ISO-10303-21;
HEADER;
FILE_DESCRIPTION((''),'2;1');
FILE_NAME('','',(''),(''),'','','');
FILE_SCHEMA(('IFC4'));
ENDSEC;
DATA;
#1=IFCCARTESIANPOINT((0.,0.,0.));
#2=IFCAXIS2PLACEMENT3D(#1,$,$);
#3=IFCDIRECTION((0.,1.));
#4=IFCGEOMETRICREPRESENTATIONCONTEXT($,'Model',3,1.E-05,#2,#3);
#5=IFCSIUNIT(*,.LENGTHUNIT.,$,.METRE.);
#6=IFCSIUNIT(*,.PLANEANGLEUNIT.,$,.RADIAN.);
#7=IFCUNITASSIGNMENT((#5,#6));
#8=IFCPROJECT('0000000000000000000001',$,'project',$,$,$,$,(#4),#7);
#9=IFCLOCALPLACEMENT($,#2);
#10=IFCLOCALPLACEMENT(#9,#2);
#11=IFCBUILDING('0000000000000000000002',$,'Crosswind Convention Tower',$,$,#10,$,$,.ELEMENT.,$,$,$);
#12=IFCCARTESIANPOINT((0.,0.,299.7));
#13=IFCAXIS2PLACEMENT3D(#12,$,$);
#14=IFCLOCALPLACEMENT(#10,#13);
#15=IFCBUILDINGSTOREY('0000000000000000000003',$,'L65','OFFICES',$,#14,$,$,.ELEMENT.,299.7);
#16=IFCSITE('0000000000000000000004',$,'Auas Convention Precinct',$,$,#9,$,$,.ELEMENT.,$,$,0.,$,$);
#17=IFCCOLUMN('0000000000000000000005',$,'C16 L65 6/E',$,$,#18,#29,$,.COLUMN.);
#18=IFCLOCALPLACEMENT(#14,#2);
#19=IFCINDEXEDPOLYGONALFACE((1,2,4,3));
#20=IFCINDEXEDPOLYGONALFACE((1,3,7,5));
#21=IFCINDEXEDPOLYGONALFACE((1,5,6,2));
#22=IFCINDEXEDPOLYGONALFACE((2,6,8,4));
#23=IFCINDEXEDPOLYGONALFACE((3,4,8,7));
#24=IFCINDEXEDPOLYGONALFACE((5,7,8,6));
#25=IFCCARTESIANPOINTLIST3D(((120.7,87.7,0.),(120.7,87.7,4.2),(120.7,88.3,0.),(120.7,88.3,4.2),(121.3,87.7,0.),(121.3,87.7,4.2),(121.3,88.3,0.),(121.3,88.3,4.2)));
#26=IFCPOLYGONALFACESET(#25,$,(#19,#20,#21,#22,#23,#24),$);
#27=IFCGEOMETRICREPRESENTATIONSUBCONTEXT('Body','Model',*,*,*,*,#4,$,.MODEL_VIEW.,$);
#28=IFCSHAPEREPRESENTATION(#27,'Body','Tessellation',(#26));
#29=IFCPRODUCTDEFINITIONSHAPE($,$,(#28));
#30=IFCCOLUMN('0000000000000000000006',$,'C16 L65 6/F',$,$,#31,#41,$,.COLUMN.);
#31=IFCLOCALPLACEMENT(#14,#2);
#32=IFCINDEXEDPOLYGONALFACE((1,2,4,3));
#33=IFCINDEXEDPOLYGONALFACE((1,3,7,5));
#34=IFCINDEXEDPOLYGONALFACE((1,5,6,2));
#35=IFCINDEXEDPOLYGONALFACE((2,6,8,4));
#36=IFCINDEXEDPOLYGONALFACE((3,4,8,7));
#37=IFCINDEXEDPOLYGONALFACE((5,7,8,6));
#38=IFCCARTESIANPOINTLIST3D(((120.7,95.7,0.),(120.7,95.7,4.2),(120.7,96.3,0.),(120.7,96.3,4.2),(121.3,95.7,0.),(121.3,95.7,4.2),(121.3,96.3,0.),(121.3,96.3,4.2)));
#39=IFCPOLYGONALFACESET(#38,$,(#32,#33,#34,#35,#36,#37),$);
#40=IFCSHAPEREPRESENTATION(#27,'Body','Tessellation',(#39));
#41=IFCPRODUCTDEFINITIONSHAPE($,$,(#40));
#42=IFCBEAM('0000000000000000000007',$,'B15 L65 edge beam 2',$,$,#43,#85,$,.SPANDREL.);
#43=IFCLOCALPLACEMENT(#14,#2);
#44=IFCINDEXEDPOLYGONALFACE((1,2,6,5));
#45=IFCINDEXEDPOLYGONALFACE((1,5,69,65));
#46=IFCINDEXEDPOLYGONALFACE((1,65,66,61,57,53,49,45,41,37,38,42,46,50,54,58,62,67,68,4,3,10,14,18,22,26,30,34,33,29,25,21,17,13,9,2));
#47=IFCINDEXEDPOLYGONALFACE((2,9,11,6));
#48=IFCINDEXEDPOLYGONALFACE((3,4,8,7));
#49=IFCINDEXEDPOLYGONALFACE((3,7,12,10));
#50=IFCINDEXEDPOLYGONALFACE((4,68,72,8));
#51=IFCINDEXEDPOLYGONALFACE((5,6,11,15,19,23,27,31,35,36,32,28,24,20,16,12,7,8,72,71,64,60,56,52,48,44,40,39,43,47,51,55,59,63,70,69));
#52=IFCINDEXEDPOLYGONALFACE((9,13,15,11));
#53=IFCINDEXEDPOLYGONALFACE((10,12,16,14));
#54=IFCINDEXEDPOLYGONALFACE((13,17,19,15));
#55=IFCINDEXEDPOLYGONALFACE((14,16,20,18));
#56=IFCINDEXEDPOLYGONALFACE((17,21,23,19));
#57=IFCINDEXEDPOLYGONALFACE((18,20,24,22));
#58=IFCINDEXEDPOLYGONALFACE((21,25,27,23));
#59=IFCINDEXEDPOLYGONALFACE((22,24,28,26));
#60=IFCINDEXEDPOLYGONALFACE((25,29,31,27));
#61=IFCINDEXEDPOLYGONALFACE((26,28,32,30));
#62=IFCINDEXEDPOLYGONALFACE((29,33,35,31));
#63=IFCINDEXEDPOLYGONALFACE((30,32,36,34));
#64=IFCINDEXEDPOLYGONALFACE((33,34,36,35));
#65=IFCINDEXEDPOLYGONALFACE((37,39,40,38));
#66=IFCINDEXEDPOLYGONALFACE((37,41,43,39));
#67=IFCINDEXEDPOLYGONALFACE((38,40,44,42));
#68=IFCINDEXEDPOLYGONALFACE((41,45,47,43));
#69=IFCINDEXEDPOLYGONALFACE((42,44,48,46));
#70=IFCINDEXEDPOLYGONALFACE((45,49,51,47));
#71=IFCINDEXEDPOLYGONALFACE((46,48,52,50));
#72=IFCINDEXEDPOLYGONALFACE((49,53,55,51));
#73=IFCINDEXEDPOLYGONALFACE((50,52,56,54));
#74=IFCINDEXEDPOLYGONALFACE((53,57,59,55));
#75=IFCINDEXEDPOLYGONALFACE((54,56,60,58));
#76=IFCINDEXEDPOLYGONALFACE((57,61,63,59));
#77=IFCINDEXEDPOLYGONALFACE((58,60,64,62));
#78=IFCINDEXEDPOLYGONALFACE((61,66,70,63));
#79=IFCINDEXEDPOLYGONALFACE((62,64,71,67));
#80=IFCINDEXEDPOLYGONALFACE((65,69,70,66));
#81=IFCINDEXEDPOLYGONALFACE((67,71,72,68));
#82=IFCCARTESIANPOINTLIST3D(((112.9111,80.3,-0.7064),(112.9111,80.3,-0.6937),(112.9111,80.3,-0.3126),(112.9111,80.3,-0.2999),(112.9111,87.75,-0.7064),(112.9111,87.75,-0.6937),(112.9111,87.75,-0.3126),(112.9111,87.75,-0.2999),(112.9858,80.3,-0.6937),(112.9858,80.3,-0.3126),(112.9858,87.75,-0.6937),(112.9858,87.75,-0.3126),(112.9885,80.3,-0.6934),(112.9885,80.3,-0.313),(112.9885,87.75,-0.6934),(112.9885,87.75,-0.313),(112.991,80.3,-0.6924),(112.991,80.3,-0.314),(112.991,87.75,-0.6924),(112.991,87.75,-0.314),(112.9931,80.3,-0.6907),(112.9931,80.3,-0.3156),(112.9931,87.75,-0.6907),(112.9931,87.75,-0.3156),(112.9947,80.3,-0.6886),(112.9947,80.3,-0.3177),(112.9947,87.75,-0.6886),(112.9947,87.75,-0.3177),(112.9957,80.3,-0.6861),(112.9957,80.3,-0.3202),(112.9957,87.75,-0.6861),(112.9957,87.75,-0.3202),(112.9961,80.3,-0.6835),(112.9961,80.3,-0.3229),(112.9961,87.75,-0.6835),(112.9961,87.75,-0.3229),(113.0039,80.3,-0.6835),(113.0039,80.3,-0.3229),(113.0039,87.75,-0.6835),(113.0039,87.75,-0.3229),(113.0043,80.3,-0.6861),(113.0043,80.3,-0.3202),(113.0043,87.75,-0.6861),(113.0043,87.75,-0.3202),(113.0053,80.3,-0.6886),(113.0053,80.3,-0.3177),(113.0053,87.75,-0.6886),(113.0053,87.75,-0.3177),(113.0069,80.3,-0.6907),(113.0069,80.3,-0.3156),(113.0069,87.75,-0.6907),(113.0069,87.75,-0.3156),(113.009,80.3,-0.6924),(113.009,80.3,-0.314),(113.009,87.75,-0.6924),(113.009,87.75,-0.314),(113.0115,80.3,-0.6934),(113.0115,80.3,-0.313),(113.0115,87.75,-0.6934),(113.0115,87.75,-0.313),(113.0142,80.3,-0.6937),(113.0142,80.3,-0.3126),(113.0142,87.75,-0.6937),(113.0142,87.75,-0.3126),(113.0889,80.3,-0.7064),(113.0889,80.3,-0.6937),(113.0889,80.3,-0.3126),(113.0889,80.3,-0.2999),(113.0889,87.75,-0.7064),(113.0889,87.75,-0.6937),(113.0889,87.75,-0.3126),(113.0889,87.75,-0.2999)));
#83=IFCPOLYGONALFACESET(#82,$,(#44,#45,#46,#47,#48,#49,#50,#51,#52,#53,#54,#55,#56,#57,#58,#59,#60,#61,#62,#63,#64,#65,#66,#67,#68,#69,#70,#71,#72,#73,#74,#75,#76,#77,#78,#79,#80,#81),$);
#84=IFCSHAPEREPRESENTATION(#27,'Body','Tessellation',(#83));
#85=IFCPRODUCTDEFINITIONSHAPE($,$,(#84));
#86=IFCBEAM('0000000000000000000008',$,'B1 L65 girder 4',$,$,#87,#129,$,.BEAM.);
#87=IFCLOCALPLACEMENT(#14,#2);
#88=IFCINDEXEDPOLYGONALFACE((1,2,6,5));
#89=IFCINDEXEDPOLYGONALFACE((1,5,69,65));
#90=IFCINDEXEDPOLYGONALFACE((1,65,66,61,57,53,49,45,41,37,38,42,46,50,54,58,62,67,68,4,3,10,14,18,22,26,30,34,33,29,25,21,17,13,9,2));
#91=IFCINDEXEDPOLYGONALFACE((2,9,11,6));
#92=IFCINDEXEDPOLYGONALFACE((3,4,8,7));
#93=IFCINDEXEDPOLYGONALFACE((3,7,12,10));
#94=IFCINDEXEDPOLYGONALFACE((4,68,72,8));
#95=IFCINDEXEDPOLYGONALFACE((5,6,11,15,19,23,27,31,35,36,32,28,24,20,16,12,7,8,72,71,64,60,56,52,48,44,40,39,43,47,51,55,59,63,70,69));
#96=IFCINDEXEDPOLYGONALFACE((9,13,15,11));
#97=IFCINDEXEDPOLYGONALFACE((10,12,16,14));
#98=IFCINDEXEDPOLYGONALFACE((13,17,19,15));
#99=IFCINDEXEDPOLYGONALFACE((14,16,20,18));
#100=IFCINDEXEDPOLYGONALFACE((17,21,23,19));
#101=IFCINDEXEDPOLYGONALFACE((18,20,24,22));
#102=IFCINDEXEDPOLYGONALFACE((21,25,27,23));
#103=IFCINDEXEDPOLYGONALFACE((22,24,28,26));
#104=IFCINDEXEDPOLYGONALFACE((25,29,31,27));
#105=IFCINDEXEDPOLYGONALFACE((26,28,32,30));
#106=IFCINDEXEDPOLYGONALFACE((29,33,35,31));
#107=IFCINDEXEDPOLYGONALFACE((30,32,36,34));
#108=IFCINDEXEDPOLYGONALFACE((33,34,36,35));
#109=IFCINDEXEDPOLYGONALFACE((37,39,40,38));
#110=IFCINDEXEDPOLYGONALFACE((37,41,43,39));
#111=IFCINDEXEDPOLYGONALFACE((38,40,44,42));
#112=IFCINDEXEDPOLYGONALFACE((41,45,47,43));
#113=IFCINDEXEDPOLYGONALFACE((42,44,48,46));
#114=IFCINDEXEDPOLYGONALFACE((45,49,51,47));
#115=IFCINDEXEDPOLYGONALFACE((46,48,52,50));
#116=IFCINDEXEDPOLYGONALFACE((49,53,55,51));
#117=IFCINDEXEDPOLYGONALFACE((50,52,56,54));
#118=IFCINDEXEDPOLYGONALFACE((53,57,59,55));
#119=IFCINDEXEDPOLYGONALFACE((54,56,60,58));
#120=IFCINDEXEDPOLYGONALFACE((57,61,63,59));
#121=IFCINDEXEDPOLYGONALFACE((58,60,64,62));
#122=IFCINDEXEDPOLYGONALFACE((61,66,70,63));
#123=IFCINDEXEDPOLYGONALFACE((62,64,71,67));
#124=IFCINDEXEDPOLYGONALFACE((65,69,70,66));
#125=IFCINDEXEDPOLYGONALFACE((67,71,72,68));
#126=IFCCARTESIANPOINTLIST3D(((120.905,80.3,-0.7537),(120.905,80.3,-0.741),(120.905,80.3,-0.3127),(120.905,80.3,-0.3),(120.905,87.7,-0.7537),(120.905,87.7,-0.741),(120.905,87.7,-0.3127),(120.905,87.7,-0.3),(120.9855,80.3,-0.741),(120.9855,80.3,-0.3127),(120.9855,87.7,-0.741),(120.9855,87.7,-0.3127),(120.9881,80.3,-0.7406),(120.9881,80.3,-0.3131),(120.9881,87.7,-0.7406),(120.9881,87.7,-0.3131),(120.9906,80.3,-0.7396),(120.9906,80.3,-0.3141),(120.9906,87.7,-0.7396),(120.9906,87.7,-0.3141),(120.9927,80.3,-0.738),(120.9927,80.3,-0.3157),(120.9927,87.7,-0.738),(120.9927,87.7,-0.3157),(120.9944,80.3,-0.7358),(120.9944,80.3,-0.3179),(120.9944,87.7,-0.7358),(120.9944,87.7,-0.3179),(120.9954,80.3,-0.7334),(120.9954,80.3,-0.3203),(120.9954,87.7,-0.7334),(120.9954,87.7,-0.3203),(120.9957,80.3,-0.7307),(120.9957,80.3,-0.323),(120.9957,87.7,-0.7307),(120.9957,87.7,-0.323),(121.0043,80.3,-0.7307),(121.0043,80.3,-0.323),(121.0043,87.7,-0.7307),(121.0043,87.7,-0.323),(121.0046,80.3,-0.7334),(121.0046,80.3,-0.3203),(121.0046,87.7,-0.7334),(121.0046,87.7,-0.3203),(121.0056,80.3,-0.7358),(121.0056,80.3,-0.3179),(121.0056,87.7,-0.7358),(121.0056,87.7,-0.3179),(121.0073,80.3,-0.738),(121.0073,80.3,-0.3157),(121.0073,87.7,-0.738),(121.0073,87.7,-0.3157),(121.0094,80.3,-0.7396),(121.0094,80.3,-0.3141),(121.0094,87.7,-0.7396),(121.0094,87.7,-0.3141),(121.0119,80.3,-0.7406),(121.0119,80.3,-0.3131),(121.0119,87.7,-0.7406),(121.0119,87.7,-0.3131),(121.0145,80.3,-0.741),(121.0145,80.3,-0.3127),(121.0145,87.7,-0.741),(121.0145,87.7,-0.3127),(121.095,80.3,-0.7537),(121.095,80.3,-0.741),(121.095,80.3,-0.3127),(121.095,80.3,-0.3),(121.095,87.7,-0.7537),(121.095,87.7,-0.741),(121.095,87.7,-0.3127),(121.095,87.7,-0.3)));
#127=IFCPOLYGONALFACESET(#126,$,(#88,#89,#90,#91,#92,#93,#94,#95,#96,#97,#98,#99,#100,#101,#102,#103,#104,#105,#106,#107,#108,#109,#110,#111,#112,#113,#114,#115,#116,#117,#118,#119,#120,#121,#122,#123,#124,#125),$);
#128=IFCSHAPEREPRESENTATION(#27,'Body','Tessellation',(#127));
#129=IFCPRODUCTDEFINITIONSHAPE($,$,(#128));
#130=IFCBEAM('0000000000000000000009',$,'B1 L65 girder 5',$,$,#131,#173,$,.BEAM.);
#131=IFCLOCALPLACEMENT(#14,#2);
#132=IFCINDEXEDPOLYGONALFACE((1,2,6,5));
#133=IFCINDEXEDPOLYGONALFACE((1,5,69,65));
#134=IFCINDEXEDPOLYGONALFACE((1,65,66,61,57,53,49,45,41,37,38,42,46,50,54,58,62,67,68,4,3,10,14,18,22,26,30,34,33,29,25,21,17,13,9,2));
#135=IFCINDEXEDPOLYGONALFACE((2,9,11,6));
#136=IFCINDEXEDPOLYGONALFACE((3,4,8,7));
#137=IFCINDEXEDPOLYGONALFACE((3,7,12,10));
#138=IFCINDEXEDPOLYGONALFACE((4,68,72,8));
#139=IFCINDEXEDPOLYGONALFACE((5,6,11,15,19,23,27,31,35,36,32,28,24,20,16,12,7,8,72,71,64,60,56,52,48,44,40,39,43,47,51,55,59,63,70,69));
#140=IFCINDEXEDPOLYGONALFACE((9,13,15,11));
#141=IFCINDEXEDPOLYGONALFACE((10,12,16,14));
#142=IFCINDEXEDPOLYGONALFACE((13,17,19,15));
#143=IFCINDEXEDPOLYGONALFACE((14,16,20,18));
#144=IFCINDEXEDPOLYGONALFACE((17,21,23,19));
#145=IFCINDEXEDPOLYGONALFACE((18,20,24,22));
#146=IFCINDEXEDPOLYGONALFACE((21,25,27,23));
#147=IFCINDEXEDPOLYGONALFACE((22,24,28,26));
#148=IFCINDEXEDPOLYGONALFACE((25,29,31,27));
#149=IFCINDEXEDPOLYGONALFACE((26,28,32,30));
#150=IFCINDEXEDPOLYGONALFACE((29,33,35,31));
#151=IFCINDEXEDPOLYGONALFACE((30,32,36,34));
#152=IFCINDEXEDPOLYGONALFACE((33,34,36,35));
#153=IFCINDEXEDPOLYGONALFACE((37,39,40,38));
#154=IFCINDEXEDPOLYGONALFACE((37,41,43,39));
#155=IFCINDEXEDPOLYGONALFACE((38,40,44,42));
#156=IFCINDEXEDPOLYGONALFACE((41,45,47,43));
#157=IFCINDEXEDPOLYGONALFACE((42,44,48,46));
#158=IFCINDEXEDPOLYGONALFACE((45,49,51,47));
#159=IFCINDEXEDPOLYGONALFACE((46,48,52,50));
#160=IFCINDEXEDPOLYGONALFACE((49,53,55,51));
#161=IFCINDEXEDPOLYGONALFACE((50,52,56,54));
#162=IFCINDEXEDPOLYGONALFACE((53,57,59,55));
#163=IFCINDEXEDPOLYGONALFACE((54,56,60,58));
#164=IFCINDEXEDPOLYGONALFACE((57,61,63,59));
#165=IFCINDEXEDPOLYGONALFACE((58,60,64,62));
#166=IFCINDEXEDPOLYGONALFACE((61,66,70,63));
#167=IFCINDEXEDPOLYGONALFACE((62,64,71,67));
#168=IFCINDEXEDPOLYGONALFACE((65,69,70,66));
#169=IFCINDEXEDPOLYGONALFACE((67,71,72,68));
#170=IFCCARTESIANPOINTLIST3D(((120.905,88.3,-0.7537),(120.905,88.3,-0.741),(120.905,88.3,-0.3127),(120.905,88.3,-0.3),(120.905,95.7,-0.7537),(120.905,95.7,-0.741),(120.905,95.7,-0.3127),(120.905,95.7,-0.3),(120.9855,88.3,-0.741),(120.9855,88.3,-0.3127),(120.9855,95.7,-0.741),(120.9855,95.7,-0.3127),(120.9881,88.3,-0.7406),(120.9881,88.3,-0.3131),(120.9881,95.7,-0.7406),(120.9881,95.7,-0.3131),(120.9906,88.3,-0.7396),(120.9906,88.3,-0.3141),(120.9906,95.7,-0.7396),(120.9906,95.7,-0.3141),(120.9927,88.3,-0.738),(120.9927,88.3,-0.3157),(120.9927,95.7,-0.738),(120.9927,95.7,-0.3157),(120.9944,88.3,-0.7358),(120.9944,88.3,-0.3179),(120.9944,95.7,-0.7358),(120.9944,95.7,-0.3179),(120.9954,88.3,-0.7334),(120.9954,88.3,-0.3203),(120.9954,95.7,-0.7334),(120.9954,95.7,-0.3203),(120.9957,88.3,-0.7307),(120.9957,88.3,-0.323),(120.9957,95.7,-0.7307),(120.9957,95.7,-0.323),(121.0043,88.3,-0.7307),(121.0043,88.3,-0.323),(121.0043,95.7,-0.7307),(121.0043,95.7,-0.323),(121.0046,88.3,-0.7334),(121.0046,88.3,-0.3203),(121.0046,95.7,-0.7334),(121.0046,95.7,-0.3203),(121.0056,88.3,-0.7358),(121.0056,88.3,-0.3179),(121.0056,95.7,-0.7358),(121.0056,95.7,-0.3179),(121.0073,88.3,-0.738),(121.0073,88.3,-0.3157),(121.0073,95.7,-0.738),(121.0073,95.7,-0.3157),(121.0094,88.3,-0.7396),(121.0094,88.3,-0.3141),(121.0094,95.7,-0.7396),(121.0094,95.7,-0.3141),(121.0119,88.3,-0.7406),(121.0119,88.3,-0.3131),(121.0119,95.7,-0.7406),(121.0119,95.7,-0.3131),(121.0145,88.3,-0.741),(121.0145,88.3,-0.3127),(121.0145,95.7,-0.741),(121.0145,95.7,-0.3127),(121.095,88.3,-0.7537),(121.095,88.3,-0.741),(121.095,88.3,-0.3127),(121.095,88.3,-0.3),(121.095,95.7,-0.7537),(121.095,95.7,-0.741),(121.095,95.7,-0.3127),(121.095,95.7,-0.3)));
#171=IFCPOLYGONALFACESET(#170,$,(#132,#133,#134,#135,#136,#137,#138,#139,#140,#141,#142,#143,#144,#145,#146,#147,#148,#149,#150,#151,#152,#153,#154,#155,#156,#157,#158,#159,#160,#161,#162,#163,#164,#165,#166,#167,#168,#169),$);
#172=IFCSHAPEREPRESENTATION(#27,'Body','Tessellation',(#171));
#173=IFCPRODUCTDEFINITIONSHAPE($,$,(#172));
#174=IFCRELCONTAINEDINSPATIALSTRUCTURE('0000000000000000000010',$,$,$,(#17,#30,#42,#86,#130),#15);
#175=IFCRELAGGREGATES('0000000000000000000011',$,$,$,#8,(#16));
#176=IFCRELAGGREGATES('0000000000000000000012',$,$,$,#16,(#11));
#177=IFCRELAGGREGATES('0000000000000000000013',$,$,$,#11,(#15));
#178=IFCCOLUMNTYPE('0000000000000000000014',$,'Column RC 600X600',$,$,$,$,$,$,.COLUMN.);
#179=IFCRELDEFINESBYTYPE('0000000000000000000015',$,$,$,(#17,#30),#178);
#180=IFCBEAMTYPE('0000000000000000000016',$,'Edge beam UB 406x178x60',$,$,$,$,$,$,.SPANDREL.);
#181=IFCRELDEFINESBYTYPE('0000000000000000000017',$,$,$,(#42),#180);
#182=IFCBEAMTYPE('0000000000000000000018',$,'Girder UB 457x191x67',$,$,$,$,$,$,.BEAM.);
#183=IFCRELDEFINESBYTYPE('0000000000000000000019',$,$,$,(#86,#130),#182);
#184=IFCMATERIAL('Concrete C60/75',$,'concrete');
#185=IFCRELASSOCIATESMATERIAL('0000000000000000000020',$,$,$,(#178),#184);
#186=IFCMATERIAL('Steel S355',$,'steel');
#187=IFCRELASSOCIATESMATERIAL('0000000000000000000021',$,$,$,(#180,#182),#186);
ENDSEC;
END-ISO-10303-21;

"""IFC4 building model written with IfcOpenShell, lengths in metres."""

from ifc_helpers import new_model, si_unit, direction, frame, origin, origin_2d, place, context, subcontext, project, spatial, rectangle, i_section, extrude, material, material_profile, profile_set, type_object, element, save


model = new_model("IFC4")

# Units and contexts
model_context = context("Model", 3, precision=1e-05, world=origin(), true_north=direction((0.0, 1.0)))
body_context = subcontext(model_context, "Body", "Model", "MODEL_VIEW")
ifc_project = project(units=[si_unit("LENGTHUNIT", "METRE"), si_unit("PLANEANGLEUNIT", "RADIAN")], contexts=[model_context])

# Site, building, storey
site_placement = place(None, origin())
site = spatial("IfcSite", under=ifc_project, at=site_placement, Name="Auas Convention Precinct", CompositionType="ELEMENT", RefElevation=0.0)
building_placement = place(site_placement, origin())
building = spatial("IfcBuilding", under=site, at=building_placement, Name="Crosswind Convention Tower", CompositionType="ELEMENT")
storey_placement = place(building_placement, frame((0.0, 0.0, 299.7)))
storey = spatial("IfcBuildingStorey", under=building, at=storey_placement, Name="L65", Description="OFFICES", CompositionType="ELEMENT", Elevation=299.7)

# Columns
ifc_material_1 = material(Name="Concrete C60/75", Category="concrete")
ifc_material_profile_1 = material_profile(ifc_material_1, rectangle(XDim=0.6001, YDim=0.6001, at=origin_2d()), Name="RC 600X600")
ifc_profile_set_1 = profile_set([ifc_material_profile_1], Name="Concrete C60/75")
column_type = type_object("IfcColumnType", Name="Column RC 600X600", PredefinedType="COLUMN", material=ifc_profile_set_1)
for number, where, z_axis, x_axis, name in (
    (1, (121.0, 88.0, 0.0), (0.0, 0.0, 1.0), (1.0, 0.0, 0.0), "C16 L65 6/E"),
    (2, (121.0, 96.0, 0.0), (0.0, 0.0, 1.0), (1.0, 0.0, 0.0), "C16 L65 6/F"),
):
    element("IfcColumn", number, at=place(storey_placement, frame(where, z_axis=z_axis, x_axis=x_axis)), inside=storey, type_object=column_type, Name=name, PredefinedType="COLUMN", context=body_context, shape_type="SweptSolid", body=[
        extrude(rectangle(XDim=0.6001, YDim=0.6001, at=origin_2d()), origin(), (0.0, 0.0, 1.0), 4.2),
    ])

# Beams
ifc_material_2 = material(Name="Steel S355", Category="steel")
ifc_material_profile_2 = material_profile(ifc_material_2, i_section(OverallWidth=0.1777, OverallDepth=0.4065, WebThickness=0.0078, FlangeThickness=0.0127, FilletRadius=0.0103, at=origin_2d()), Name="UB 406x178x60")
ifc_profile_set_2 = profile_set([ifc_material_profile_2], Name="Steel S355")
beam_type_1 = type_object("IfcBeamType", Name="Edge beam UB 406x178x60", PredefinedType="SPANDREL", material=ifc_profile_set_2)
beam_1_placement = place(storey_placement, frame((113.0, 80.3, -0.5032), z_axis=(0.0, 1.0, 0.0), x_axis=(-1.0, 0.0, 0.0)))
element("IfcBeam", 3, at=beam_1_placement, inside=storey, type_object=beam_type_1, Name="B15 L65 edge beam 2", PredefinedType="SPANDREL", context=body_context, shape_type="SweptSolid", body=[
    extrude(i_section(OverallWidth=0.1777, OverallDepth=0.4065, WebThickness=0.0078, FlangeThickness=0.0127, FilletRadius=0.0103, at=origin_2d()), origin(), (0.0, 0.0, 1.0), 7.45),
])
ifc_material_profile_3 = material_profile(ifc_material_2, i_section(OverallWidth=0.1899, OverallDepth=0.4536, WebThickness=0.0085, FlangeThickness=0.0127, FilletRadius=0.0103, at=origin_2d()), Name="UB 457x191x67")
ifc_profile_set_3 = profile_set([ifc_material_profile_3], Name="Steel S355")
beam_type_2 = type_object("IfcBeamType", Name="Girder UB 457x191x67", PredefinedType="BEAM", material=ifc_profile_set_3)
for number, where, z_axis, x_axis, name in (
    (4, (121.0, 80.3, -0.5269), (0.0, 1.0, 0.0), (-1.0, 0.0, 0.0), "B1 L65 girder 4"),
    (5, (121.0, 88.3, -0.5269), (0.0, 1.0, 0.0), (-1.0, 0.0, 0.0), "B1 L65 girder 5"),
):
    element("IfcBeam", number, at=place(storey_placement, frame(where, z_axis=z_axis, x_axis=x_axis)), inside=storey, type_object=beam_type_2, Name=name, PredefinedType="BEAM", context=body_context, shape_type="SweptSolid", body=[
        extrude(i_section(OverallWidth=0.1899, OverallDepth=0.4536, WebThickness=0.0085, FlangeThickness=0.0127, FilletRadius=0.0103, at=origin_2d()), origin(), (0.0, 0.0, 1.0), 7.3999),
    ])

save(model, "model.ifc")
